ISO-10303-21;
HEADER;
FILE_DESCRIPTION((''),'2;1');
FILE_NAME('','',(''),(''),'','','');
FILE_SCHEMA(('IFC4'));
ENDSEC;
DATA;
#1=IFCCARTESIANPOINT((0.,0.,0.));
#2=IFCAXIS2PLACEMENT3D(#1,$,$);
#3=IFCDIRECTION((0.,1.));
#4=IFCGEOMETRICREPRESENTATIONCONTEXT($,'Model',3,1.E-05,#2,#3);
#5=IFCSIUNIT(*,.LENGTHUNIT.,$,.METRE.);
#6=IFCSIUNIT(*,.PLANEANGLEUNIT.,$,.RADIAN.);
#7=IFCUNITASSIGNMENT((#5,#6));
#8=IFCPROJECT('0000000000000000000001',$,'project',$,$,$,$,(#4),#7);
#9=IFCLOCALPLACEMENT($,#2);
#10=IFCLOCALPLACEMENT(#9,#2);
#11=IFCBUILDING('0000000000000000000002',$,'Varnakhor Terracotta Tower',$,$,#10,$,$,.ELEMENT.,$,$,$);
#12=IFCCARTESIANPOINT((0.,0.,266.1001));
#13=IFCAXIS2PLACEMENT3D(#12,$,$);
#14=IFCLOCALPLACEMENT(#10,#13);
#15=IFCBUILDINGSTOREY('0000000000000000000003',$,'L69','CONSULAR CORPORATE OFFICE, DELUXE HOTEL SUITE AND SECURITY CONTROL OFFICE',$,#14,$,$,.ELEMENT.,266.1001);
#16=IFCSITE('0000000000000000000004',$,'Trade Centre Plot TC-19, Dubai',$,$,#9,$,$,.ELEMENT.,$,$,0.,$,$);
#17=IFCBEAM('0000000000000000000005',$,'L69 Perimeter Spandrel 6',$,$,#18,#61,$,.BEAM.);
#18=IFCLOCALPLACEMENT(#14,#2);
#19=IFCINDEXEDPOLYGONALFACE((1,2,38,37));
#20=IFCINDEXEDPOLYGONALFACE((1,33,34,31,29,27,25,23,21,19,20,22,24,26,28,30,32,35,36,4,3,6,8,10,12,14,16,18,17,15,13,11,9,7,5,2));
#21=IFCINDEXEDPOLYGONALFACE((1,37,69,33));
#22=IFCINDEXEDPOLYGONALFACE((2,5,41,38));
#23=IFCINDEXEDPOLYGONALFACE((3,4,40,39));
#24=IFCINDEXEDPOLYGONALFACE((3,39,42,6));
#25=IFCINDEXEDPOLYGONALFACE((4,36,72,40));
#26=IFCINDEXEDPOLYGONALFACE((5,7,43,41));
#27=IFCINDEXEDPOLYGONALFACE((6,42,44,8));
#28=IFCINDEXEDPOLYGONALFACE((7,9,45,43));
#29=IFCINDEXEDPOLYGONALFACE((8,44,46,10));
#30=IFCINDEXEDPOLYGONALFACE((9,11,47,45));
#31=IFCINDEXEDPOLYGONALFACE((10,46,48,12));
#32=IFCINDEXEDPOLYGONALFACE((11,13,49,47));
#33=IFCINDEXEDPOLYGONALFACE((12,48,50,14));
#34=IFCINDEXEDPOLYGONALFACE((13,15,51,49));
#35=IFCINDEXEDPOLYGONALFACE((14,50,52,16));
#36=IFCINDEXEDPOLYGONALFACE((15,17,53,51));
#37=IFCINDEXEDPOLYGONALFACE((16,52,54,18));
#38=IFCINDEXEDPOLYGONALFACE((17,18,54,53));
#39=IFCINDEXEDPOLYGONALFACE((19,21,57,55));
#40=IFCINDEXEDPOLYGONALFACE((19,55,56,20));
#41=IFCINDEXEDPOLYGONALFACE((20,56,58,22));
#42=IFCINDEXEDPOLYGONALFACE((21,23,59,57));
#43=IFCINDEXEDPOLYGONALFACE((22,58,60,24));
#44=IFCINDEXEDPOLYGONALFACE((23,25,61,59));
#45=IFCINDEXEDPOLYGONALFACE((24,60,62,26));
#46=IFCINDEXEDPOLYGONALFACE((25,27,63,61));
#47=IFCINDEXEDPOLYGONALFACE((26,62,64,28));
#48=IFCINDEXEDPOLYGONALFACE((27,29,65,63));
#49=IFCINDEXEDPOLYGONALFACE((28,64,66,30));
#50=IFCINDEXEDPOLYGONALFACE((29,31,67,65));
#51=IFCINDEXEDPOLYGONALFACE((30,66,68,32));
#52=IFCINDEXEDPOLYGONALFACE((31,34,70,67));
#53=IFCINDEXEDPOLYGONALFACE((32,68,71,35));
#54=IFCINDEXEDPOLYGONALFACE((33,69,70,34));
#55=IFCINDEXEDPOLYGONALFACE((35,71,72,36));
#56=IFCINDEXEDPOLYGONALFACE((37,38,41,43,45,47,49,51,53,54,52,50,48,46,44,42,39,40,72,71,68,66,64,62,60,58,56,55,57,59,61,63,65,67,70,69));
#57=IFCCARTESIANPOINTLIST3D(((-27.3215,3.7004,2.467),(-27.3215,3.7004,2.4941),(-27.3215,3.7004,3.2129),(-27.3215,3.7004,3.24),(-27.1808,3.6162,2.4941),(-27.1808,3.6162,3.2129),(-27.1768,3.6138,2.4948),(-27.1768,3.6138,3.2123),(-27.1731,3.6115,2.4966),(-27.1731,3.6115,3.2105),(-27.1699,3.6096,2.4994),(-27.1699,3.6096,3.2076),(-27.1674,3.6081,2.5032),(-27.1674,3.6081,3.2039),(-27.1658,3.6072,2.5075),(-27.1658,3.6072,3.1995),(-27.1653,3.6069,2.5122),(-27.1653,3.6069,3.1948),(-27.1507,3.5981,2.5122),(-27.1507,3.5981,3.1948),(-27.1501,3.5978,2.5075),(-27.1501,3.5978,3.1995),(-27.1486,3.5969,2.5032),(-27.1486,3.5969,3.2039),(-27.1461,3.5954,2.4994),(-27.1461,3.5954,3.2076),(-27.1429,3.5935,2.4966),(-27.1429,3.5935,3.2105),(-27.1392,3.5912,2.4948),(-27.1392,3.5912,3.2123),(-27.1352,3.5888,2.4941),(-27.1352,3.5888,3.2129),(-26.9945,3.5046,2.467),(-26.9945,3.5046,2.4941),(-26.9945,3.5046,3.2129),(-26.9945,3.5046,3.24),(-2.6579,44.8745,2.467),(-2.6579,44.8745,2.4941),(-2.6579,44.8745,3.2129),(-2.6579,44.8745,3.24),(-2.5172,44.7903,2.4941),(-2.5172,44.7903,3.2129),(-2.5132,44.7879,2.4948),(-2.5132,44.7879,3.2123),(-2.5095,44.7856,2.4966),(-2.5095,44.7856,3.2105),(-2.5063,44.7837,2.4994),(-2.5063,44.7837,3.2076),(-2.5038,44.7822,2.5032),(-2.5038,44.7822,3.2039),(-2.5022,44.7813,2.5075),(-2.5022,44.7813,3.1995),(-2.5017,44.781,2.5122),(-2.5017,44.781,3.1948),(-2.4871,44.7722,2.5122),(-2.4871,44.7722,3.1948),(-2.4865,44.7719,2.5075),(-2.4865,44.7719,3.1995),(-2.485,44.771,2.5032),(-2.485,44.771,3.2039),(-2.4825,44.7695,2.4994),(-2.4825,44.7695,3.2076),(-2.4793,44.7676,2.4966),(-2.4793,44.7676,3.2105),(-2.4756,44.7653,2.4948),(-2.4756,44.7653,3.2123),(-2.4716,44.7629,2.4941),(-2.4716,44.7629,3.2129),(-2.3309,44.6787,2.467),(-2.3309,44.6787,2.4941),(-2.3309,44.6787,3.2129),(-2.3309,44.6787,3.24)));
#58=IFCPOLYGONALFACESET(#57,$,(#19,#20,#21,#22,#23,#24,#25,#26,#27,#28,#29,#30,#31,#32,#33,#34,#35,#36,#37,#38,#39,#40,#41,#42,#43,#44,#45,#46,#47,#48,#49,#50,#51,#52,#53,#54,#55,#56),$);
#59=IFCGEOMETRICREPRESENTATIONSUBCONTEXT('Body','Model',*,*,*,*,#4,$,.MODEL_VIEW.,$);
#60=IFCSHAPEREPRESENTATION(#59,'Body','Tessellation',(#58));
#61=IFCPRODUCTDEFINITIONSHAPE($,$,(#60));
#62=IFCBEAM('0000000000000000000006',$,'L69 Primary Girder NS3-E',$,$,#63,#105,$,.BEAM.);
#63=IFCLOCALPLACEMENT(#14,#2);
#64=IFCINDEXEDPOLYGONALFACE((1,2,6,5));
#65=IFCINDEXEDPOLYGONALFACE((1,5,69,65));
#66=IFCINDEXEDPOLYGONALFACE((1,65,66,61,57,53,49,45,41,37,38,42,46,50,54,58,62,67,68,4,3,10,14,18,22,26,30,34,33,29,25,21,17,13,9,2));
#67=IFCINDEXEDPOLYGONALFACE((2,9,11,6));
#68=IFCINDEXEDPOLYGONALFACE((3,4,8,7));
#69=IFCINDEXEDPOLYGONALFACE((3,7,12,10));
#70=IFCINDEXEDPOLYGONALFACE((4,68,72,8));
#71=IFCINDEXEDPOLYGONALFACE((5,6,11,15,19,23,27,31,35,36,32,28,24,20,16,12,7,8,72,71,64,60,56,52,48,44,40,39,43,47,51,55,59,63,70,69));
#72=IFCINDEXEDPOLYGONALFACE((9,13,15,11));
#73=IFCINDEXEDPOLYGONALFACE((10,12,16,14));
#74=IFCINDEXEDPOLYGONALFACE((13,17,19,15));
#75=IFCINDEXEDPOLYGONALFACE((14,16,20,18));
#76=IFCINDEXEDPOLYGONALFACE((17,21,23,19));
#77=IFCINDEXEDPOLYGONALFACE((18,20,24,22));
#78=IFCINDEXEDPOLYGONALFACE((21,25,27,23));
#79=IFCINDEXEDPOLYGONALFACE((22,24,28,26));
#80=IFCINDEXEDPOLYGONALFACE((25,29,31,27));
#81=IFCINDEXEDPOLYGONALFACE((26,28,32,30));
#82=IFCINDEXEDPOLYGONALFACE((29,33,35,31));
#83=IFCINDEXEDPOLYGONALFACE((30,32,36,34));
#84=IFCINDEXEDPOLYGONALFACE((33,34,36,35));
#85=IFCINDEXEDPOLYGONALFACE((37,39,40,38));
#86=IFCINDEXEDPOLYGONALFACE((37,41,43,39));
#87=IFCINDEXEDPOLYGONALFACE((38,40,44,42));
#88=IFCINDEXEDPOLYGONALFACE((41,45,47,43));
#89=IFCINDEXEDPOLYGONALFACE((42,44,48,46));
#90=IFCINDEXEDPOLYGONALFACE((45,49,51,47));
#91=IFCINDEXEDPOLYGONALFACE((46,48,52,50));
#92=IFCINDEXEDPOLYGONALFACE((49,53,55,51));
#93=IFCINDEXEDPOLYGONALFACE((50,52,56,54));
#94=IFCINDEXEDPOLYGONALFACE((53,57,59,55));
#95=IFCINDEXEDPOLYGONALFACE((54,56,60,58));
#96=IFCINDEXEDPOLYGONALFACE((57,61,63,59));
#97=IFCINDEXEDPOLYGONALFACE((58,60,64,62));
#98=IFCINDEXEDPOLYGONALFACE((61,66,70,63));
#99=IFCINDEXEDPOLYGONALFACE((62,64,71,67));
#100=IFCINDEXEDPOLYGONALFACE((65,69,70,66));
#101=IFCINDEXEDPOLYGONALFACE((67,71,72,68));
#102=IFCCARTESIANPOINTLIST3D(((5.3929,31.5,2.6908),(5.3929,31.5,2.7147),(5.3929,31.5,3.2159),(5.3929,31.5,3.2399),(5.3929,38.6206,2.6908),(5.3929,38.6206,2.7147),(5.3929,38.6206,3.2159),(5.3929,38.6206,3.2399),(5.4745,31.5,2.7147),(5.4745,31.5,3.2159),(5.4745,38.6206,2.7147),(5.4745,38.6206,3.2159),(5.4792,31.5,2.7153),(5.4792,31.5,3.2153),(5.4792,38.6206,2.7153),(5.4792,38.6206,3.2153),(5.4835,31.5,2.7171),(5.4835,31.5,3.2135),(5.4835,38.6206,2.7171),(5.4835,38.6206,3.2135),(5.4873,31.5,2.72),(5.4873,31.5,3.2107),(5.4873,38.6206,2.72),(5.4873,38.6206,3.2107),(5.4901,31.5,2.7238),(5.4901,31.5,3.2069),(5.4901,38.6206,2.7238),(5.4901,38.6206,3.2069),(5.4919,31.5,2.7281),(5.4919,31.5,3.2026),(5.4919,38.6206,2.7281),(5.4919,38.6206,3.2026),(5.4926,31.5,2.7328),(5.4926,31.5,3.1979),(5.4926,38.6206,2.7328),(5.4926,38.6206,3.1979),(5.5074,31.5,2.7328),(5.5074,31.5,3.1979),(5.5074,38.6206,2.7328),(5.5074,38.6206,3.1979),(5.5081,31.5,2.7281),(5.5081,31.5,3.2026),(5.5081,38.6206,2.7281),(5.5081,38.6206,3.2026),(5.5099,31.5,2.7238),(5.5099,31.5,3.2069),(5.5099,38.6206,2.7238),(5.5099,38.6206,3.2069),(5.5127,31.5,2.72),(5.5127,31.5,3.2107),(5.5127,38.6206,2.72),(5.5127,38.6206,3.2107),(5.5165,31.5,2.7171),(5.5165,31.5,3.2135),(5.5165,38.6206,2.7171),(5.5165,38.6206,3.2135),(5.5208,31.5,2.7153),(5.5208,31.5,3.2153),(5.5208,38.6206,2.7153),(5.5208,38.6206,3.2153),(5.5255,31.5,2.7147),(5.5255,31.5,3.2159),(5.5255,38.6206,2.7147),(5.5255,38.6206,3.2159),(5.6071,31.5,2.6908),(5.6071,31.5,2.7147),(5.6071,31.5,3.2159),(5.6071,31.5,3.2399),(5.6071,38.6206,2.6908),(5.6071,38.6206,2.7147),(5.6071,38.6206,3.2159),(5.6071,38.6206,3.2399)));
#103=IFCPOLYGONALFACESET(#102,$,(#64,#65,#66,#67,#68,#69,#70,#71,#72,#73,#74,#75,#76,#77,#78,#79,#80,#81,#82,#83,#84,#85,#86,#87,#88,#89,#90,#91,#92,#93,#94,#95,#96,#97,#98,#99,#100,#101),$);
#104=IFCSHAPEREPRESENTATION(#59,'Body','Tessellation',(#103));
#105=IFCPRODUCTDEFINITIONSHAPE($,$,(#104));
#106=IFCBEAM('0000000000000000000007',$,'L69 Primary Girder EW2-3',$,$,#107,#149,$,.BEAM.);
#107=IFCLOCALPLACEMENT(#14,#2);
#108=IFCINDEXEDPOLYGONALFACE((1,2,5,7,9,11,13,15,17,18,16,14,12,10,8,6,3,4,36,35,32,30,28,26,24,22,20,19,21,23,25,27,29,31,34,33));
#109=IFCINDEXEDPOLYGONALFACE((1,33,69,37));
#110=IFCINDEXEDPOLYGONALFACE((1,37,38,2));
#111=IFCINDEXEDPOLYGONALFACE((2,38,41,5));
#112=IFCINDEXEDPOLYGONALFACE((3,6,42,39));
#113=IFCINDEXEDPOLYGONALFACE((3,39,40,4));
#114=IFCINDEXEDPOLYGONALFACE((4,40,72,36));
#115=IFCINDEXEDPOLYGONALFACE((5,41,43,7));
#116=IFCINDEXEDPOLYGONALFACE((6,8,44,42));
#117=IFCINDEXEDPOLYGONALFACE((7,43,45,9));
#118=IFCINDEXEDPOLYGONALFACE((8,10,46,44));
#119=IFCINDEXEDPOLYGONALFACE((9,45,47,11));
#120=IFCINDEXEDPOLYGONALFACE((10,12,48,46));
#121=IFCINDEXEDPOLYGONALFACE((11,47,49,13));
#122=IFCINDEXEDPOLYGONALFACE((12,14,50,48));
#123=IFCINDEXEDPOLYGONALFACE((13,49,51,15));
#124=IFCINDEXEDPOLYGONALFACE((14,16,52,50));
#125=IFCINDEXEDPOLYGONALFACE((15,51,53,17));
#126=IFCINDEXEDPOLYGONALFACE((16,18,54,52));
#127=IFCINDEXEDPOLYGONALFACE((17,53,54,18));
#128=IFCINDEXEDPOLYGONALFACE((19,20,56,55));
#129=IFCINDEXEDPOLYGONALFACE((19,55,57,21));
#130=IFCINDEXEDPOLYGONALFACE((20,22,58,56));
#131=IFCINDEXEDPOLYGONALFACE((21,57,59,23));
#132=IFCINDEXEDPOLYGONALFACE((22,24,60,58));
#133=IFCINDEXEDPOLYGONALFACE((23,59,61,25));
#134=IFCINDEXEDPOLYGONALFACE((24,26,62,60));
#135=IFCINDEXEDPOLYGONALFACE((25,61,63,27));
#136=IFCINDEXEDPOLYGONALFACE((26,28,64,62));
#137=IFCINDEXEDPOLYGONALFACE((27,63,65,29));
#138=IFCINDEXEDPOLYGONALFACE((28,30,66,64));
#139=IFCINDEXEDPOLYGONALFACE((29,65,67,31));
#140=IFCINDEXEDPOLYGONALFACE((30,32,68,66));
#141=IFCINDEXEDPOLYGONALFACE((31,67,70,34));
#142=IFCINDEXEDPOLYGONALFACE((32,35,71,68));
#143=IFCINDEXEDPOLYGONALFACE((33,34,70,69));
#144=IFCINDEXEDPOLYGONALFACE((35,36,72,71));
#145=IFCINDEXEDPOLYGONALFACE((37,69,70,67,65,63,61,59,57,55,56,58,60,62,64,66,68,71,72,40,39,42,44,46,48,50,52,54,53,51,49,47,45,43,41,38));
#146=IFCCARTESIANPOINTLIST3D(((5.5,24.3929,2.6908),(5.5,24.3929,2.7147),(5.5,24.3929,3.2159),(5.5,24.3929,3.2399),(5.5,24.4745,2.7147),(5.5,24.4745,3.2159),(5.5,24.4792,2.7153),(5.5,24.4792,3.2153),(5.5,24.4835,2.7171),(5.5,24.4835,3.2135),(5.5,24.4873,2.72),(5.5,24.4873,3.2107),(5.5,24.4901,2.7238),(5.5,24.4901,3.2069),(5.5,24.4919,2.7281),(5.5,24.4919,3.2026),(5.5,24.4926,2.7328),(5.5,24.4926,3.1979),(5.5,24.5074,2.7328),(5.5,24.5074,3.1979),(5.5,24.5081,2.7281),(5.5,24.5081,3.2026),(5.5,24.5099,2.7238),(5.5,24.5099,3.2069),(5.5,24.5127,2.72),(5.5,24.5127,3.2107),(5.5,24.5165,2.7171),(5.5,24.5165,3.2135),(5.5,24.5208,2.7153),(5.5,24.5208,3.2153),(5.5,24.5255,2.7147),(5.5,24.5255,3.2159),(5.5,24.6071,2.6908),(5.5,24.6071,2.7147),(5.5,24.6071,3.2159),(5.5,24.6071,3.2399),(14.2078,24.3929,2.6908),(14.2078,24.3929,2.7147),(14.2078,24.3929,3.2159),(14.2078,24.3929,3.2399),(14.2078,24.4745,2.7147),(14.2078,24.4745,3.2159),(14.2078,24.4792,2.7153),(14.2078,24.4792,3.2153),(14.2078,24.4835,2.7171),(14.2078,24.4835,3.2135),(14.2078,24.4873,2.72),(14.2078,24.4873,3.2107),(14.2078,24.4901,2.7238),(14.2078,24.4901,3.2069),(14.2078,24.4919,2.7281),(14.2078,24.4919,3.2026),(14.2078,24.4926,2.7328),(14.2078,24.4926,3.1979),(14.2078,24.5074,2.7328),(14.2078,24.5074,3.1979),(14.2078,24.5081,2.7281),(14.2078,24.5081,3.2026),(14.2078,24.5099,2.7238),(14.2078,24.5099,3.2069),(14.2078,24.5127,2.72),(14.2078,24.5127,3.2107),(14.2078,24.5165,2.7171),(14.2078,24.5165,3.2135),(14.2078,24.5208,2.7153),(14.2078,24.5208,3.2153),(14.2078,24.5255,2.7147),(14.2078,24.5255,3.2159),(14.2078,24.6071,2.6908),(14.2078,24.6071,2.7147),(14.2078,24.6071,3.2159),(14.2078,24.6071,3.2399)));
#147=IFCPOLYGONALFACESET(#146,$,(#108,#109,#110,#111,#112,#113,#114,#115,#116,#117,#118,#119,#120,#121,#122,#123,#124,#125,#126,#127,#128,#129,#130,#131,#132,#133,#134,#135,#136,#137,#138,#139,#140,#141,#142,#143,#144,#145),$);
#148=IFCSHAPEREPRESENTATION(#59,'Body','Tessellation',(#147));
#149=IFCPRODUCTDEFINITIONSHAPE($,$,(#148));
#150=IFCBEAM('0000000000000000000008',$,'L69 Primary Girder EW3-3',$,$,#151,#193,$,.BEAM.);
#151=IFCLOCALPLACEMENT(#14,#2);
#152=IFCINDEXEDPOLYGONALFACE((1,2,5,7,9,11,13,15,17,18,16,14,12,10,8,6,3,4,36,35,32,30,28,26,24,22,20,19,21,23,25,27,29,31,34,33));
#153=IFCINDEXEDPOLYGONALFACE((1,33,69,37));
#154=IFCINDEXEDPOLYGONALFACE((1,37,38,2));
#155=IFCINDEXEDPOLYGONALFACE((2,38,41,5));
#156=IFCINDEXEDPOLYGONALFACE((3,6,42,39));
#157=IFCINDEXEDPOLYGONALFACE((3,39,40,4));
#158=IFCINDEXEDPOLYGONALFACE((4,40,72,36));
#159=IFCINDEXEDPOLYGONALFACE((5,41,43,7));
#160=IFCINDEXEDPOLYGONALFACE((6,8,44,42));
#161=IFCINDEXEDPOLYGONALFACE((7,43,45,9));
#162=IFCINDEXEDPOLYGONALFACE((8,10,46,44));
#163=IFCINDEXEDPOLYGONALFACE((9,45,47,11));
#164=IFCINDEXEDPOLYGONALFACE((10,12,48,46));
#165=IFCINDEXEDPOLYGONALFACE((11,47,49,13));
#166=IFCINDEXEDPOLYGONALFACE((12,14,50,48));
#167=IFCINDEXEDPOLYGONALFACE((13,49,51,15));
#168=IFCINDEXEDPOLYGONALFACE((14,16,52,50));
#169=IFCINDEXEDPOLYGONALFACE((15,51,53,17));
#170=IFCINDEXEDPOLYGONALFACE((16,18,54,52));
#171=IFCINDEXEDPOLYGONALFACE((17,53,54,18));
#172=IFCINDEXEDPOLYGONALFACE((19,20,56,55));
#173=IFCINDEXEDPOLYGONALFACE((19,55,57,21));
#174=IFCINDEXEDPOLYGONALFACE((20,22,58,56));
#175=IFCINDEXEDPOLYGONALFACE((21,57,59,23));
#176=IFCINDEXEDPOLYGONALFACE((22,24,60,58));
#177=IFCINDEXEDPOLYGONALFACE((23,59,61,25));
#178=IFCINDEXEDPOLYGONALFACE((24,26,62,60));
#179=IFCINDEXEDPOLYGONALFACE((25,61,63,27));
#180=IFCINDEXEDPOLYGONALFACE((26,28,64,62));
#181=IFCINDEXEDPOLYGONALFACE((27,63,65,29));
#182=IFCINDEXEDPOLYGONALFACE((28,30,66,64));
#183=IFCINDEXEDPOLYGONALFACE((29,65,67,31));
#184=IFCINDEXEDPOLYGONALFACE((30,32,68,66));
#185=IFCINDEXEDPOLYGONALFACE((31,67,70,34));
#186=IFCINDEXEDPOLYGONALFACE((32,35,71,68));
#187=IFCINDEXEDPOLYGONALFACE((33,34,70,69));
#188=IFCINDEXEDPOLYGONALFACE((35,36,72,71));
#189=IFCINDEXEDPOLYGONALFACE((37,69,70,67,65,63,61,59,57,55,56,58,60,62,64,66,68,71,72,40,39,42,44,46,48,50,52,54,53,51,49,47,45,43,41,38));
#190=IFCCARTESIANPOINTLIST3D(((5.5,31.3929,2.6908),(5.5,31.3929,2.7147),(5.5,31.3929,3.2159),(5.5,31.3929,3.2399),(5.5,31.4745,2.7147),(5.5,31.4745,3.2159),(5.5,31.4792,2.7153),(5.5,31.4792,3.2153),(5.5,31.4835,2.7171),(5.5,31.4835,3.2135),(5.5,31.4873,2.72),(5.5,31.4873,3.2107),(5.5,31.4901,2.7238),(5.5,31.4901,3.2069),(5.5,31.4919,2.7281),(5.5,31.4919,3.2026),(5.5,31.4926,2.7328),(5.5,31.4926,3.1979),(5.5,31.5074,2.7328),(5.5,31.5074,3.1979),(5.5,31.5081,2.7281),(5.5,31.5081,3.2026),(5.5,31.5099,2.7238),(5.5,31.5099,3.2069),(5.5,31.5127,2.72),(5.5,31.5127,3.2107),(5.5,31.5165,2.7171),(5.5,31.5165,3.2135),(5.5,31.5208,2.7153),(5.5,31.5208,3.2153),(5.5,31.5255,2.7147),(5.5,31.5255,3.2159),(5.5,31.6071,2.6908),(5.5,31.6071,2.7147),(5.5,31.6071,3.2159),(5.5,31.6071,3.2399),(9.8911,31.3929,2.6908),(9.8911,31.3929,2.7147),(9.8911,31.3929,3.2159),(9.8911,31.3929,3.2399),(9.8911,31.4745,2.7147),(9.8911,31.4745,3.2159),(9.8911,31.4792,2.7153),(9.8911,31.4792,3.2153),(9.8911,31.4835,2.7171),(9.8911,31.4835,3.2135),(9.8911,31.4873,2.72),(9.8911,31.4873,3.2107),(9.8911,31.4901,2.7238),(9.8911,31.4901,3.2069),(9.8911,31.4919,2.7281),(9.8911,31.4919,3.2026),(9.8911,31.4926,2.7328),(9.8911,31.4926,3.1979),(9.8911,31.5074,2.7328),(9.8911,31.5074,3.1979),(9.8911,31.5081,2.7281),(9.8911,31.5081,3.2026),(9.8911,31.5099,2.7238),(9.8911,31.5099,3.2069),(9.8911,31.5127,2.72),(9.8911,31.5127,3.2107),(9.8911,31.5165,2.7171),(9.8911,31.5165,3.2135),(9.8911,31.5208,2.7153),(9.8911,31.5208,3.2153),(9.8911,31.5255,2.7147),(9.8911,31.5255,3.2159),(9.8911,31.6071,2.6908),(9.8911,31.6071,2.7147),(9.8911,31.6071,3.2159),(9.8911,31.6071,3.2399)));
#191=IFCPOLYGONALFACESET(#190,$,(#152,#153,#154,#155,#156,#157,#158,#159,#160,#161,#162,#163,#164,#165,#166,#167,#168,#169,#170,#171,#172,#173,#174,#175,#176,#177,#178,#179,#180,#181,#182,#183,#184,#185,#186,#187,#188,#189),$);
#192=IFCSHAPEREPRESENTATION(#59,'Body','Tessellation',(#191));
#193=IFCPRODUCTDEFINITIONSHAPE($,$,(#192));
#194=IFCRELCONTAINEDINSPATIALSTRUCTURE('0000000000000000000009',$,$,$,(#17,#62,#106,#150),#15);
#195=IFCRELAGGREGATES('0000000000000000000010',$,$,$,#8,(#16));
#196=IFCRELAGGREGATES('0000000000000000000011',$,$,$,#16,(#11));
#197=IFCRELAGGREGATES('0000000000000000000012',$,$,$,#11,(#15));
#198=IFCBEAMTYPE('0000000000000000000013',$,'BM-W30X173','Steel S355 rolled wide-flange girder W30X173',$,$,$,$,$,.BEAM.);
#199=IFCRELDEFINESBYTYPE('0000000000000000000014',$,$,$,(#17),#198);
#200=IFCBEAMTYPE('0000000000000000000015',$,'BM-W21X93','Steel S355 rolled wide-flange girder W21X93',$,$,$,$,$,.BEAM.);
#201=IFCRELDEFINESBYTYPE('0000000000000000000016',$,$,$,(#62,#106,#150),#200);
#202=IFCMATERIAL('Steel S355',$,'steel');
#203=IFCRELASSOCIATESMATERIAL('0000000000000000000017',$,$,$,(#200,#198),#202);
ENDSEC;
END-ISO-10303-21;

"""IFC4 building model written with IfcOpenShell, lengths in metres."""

from ifc_helpers import new_model, si_unit, direction, frame, origin, origin_2d, place, context, subcontext, project, spatial, i_section, extrude, source, transform, mapped, material, material_profile, profile_set, type_object, element, save


model = new_model("IFC4")

# Units and contexts
model_context = context("Model", 3, precision=1e-05, world=origin(), true_north=direction((0.0, 1.0)))
body_context = subcontext(model_context, "Body", "Model", "MODEL_VIEW")
ifc_project = project(units=[si_unit("LENGTHUNIT", "METRE"), si_unit("PLANEANGLEUNIT", "RADIAN")], contexts=[model_context])

# Site, building, storey
site_placement = place(None, origin())
site = spatial("IfcSite", under=ifc_project, at=site_placement, Name="Trade Centre Plot TC-19, Dubai", CompositionType="ELEMENT", RefElevation=0.0)
building_placement = place(site_placement, origin())
building = spatial("IfcBuilding", under=site, at=building_placement, Name="Varnakhor Terracotta Tower", CompositionType="ELEMENT")
storey_placement = place(building_placement, frame((0.0, 0.0, 266.1001)))
storey = spatial("IfcBuildingStorey", under=building, at=storey_placement, Name="L69", Description="CONSULAR CORPORATE OFFICE, DELUXE HOTEL SUITE AND SECURITY CONTROL OFFICE", CompositionType="ELEMENT", Elevation=266.1001)

# Shared definitions
ifc_material_1 = material(Name="Steel S355", Category="steel")

# Beams
ifc_material_profile_1 = material_profile(ifc_material_1, i_section(OverallWidth=0.2141, OverallDepth=0.5491, WebThickness=0.0149, FlangeThickness=0.0239, FilletRadius=0.0181, at=origin_2d()), Name="W21X93")
ifc_profile_set_1 = profile_set([ifc_material_profile_1], Name="Steel S355")
beam_type_1 = type_object("IfcBeamType", Name="BM-W21X93", Description="Steel S355 rolled wide-flange girder W21X93", PredefinedType="BEAM", material=ifc_profile_set_1)
ifc_material_profile_2 = material_profile(ifc_material_1, i_section(OverallWidth=0.3811, OverallDepth=0.7729, WebThickness=0.0171, FlangeThickness=0.0271, FilletRadius=0.0181, at=origin_2d()), Name="W30X173")
ifc_profile_set_2 = profile_set([ifc_material_profile_2], Name="Steel S355")
beam_type_2 = type_object("IfcBeamType", Name="BM-W30X173", Description="Steel S355 rolled wide-flange girder W30X173", PredefinedType="BEAM", material=ifc_profile_set_2)
shared_shape_1 = source(origin(), body_context, "Body", "SweptSolid", [
    extrude(i_section(OverallWidth=0.3811, OverallDepth=0.7729, WebThickness=0.0171, FlangeThickness=0.0271, FilletRadius=0.0181, at=origin_2d()), origin(), (0.0, 0.0, 1.0), 47.9958),
])
beam_1_placement = place(storey_placement, frame((-2.4944, 44.7766, 2.8535), z_axis=(-0.51387, -0.857868, 0.0), x_axis=(0.857868, -0.51387, 0.0)))
element("IfcBeam", 1, at=beam_1_placement, inside=storey, type_object=beam_type_2, Name="L69 Perimeter Spandrel 6", PredefinedType="BEAM", context=body_context, shape_type="MappedRepresentation", body=[
    mapped(shared_shape_1, transform((0.0, 0.0, 0.0), scale=1.0)),
])
shared_shape_2 = source(origin(), body_context, "Body", "SweptSolid", [
    extrude(i_section(OverallWidth=0.2141, OverallDepth=0.5491, WebThickness=0.0149, FlangeThickness=0.0239, FilletRadius=0.0181, at=origin_2d()), origin(), (0.0, 0.0, 1.0), 7.1206),
])
beam_2_placement = place(storey_placement, frame((5.5, 31.5, 2.9653), z_axis=(0.0, 1.0, 0.0), x_axis=(-1.0, 0.0, 0.0)))
element("IfcBeam", 2, at=beam_2_placement, inside=storey, type_object=beam_type_1, Name="L69 Primary Girder NS3-E", PredefinedType="BEAM", context=body_context, shape_type="MappedRepresentation", body=[
    mapped(shared_shape_2, transform((0.0, 0.0, 0.0), scale=1.0)),
])
shared_shape_3 = source(origin(), body_context, "Body", "SweptSolid", [
    extrude(i_section(OverallWidth=0.2141, OverallDepth=0.5491, WebThickness=0.0149, FlangeThickness=0.0239, FilletRadius=0.0181, at=origin_2d()), origin(), (0.0, 0.0, 1.0), 8.7078),
])
beam_3_placement = place(storey_placement, frame((5.5, 24.5, 2.9653), z_axis=(1.0, 0.0, 0.0), x_axis=(0.0, 1.0, 0.0)))
element("IfcBeam", 3, at=beam_3_placement, inside=storey, type_object=beam_type_1, Name="L69 Primary Girder EW2-3", PredefinedType="BEAM", context=body_context, shape_type="MappedRepresentation", body=[
    mapped(shared_shape_3, transform((0.0, 0.0, 0.0), scale=1.0)),
])
shared_shape_4 = source(origin(), body_context, "Body", "SweptSolid", [
    extrude(i_section(OverallWidth=0.2141, OverallDepth=0.5491, WebThickness=0.0149, FlangeThickness=0.0239, FilletRadius=0.0181, at=origin_2d()), origin(), (0.0, 0.0, 1.0), 4.3911),
])
beam_4_placement = place(storey_placement, frame((5.5, 31.5, 2.9653), z_axis=(1.0, 0.0, 0.0), x_axis=(0.0, 1.0, 0.0)))
element("IfcBeam", 4, at=beam_4_placement, inside=storey, type_object=beam_type_1, Name="L69 Primary Girder EW3-3", PredefinedType="BEAM", context=body_context, shape_type="MappedRepresentation", body=[
    mapped(shared_shape_4, transform((0.0, 0.0, 0.0), scale=1.0)),
])

save(model, "model.ifc")
